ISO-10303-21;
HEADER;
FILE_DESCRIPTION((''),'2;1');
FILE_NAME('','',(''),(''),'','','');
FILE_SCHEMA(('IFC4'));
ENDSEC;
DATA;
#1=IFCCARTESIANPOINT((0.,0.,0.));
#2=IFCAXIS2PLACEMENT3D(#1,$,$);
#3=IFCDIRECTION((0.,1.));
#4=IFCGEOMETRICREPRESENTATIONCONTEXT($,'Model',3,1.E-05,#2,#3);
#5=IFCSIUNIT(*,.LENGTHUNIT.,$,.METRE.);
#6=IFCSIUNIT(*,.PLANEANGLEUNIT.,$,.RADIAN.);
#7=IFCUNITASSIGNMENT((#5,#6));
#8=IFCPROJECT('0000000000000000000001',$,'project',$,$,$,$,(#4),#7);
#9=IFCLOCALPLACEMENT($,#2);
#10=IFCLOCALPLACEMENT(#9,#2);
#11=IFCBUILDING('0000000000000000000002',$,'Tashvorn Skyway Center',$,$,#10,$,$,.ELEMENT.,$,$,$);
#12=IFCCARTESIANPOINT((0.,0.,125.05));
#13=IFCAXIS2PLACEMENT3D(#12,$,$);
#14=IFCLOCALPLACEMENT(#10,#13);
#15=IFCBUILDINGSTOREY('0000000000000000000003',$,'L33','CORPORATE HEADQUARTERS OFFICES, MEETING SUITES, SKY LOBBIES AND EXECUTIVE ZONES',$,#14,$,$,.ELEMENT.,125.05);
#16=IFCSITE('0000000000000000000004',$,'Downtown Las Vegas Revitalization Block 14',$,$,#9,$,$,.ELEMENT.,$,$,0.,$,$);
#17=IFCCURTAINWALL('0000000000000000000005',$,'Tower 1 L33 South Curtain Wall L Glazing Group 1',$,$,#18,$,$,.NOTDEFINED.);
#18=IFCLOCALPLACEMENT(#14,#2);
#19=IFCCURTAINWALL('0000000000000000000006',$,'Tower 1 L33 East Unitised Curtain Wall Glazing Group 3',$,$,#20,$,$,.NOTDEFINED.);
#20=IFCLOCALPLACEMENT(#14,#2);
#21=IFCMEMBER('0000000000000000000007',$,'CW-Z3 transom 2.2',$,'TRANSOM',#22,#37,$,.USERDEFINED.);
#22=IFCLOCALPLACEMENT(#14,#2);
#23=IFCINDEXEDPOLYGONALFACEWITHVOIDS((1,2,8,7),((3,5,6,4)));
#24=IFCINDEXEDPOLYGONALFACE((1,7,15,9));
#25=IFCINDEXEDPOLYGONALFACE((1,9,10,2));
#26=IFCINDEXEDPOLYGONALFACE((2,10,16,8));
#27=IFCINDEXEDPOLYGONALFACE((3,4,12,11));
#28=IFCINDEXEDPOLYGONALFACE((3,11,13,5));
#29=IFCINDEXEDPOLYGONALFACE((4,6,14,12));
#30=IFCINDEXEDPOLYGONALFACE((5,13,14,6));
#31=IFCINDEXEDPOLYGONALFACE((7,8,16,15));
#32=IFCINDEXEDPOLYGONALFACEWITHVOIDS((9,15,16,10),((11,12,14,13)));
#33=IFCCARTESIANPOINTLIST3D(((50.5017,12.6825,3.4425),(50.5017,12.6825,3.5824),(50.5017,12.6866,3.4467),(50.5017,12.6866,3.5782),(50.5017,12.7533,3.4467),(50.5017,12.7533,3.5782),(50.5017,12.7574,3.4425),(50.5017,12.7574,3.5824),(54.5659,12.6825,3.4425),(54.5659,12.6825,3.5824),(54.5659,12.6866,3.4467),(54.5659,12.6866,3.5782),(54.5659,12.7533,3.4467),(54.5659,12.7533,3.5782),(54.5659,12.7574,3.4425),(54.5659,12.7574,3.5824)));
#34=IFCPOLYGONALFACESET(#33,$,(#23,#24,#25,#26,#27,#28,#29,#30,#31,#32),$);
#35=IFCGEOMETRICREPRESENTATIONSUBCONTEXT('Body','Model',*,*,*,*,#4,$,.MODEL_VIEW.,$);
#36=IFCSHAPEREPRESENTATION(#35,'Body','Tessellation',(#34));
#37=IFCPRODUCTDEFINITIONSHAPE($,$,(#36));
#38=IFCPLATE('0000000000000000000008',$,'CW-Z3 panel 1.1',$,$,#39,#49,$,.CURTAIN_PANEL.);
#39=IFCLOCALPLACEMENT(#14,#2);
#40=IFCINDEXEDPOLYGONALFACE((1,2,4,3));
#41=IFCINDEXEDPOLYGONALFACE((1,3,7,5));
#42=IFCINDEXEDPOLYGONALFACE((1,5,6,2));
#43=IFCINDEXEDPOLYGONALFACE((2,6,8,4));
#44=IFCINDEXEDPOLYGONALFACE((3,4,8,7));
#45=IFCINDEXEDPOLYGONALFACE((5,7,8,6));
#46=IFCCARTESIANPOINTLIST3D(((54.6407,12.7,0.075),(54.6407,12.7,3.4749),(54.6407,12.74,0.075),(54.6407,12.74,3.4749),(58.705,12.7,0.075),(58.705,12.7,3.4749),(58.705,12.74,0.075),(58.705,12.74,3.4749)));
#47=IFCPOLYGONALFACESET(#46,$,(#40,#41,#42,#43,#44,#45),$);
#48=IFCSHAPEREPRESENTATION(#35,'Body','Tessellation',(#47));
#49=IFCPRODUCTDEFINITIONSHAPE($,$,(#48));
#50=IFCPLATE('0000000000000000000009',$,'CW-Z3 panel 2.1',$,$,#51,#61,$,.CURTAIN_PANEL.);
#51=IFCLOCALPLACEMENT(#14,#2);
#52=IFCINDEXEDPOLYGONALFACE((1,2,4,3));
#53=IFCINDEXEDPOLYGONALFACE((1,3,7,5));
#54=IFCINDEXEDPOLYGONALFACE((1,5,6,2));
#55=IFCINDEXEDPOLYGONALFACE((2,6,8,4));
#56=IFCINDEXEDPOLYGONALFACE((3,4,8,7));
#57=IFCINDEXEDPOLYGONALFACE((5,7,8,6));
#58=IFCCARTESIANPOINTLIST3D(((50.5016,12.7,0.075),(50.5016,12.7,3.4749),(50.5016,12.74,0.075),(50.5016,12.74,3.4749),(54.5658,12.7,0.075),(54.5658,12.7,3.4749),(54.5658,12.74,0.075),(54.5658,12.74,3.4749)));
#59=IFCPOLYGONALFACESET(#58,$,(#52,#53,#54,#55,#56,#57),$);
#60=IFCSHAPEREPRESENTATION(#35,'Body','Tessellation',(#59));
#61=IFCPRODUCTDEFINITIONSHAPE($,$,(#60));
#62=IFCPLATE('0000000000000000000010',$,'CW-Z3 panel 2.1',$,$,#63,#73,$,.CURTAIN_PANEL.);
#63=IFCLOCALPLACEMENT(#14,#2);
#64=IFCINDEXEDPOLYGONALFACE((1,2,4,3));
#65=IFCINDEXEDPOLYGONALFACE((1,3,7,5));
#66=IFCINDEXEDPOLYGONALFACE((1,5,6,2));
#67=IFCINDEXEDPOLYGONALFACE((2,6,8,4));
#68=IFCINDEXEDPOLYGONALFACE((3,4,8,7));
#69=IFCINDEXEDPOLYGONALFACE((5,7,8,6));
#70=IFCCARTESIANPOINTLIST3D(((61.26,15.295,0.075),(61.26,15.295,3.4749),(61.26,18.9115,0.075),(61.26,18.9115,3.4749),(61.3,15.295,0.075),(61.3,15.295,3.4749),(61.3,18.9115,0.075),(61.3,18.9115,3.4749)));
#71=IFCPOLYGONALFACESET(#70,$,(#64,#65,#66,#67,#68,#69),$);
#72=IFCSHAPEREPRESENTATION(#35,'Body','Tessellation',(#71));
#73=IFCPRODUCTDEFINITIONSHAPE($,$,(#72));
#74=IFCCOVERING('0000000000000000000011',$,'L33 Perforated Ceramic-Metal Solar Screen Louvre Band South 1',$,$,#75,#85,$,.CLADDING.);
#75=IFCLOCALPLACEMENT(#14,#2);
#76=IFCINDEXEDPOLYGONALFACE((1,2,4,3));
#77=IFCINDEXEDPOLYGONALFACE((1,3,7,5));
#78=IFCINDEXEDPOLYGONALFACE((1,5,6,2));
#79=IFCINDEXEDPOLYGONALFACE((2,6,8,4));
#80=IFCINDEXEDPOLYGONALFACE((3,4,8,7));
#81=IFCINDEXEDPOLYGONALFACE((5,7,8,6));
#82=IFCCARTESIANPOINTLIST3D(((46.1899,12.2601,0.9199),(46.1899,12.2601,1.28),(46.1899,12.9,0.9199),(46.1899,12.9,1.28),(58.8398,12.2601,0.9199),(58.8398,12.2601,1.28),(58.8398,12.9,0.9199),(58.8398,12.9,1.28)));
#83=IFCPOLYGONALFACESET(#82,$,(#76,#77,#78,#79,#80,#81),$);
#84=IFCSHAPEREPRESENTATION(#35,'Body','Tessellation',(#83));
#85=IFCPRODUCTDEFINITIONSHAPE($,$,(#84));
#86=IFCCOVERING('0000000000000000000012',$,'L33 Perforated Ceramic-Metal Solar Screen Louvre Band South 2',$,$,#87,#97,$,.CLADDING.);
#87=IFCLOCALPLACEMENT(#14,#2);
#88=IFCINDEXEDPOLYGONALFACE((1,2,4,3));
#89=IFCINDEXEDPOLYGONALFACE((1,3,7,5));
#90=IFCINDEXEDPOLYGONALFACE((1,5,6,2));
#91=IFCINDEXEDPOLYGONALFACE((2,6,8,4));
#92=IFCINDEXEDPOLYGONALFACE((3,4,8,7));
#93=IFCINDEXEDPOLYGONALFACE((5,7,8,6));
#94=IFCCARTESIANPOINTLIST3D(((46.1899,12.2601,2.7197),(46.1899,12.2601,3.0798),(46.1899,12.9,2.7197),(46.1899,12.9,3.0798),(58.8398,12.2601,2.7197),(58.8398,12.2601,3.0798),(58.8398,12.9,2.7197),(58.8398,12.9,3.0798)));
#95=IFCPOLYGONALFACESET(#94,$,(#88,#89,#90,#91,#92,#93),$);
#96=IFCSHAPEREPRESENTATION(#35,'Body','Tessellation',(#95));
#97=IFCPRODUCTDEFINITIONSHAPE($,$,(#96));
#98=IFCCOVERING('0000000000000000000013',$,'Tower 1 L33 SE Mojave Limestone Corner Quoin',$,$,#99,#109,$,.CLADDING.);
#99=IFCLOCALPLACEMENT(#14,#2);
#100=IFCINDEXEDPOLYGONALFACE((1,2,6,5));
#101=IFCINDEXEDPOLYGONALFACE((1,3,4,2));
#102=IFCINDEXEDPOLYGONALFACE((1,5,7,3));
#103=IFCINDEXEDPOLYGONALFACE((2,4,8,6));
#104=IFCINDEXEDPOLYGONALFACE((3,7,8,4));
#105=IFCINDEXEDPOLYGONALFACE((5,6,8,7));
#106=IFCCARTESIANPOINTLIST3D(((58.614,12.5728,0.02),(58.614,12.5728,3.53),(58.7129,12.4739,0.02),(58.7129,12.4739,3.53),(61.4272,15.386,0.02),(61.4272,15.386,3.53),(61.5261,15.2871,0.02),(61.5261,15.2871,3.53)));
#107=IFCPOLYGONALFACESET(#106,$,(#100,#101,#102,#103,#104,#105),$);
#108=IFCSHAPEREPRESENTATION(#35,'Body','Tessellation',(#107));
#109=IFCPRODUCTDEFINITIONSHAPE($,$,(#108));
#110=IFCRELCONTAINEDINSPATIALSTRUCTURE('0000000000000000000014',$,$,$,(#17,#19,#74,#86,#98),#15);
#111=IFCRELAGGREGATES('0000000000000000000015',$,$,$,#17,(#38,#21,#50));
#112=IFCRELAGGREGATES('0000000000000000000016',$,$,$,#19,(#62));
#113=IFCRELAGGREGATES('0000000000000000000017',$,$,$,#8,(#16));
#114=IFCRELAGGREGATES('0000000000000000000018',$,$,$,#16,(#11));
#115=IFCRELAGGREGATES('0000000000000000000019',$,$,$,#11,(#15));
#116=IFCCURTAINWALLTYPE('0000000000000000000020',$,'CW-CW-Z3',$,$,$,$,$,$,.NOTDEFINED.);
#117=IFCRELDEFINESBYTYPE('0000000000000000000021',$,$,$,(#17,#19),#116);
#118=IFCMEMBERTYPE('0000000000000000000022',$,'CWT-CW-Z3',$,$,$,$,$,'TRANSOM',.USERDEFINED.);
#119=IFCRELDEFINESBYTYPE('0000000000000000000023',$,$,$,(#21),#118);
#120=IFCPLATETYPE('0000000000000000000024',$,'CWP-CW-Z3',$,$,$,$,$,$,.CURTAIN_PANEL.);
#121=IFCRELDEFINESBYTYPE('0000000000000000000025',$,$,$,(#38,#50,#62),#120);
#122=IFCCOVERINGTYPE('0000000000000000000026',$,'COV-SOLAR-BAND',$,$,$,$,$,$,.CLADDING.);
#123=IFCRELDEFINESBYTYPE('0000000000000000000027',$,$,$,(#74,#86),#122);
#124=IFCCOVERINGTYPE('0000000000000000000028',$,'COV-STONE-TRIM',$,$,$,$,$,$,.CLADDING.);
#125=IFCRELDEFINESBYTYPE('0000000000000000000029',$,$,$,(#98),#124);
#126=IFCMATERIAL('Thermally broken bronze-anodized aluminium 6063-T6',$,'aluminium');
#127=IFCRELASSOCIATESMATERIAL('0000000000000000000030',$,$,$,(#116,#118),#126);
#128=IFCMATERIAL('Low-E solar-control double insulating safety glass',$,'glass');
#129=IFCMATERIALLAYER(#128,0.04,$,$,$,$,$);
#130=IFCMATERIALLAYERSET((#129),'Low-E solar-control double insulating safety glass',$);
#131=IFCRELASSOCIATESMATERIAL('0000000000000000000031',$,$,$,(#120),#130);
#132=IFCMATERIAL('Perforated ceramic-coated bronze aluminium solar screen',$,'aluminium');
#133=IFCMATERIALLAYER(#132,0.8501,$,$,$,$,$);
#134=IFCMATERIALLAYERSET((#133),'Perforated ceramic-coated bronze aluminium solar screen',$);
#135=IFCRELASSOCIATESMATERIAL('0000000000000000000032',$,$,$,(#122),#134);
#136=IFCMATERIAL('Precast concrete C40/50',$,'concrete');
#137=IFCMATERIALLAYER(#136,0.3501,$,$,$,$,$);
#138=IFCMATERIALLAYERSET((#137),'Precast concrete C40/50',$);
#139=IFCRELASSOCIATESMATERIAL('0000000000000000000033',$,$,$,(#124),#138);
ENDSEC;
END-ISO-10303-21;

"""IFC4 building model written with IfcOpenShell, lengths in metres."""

from ifc_helpers import new_model, si_unit, direction, frame, origin, origin_2d, place, context, subcontext, project, spatial, rectangle, hollow_rectangle, extrude, material, layer, layer_set, material_profile, profile_set, type_object, element, aggregate, save


model = new_model("IFC4")

# Units and contexts
model_context = context("Model", 3, precision=1e-05, world=origin(), true_north=direction((0.0, 1.0)))
body_context = subcontext(model_context, "Body", "Model", "MODEL_VIEW")
ifc_project = project(units=[si_unit("LENGTHUNIT", "METRE"), si_unit("PLANEANGLEUNIT", "RADIAN")], contexts=[model_context])

# Site, building, storey
site_placement = place(None, origin())
site = spatial("IfcSite", under=ifc_project, at=site_placement, Name="Downtown Las Vegas Revitalization Block 14", CompositionType="ELEMENT", RefElevation=0.0)
building_placement = place(site_placement, origin())
building = spatial("IfcBuilding", under=site, at=building_placement, Name="Tashvorn Skyway Center", CompositionType="ELEMENT")
storey_placement = place(building_placement, frame((0.0, 0.0, 125.05)))
storey = spatial("IfcBuildingStorey", under=building, at=storey_placement, Name="L33", Description="CORPORATE HEADQUARTERS OFFICES, MEETING SUITES, SKY LOBBIES AND EXECUTIVE ZONES", CompositionType="ELEMENT", Elevation=125.05)

# Curtain wall
ifc_material_1 = material(Name="Thermally broken bronze-anodized aluminium 6063-T6", Category="aluminium")
curtain_wall_type = type_object("IfcCurtainWallType", Name="CW-CW-Z3", PredefinedType="NOTDEFINED", material=ifc_material_1)
curtain_wall_1_placement = place(storey_placement, origin())
curtain_wall_1 = element("IfcCurtainWall", 1, at=curtain_wall_1_placement, inside=storey, type_object=curtain_wall_type, Name="Tower 1 L33 South Curtain Wall L Glazing Group 1", PredefinedType="NOTDEFINED")

# Curtain wall
curtain_wall_2_placement = place(storey_placement, origin())
curtain_wall_2 = element("IfcCurtainWall", 2, at=curtain_wall_2_placement, inside=storey, type_object=curtain_wall_type, Name="Tower 1 L33 East Unitised Curtain Wall Glazing Group 3", PredefinedType="NOTDEFINED")

# Member
ifc_material_profile_1 = material_profile(ifc_material_1, hollow_rectangle(XDim=0.075, YDim=0.1399, WallThickness=0.0042, at=origin_2d()), Name="ALU-TRAN-75x140")
ifc_profile_set_1 = profile_set([ifc_material_profile_1], Name="Thermally broken bronze-anodized aluminium 6063-T6")
member_type_1 = type_object("IfcMemberType", Name="CWT-CW-Z3", ElementType="TRANSOM", PredefinedType="USERDEFINED", material=ifc_profile_set_1)
member_1_placement = place(storey_placement, frame((54.5659, 12.72, 3.5125), z_axis=(-1.0, 0.0, 0.0), x_axis=(0.0, -1.0, 0.0)))
member_1 = element("IfcMember", 3, at=member_1_placement, type_object=member_type_1, Name="CW-Z3 transom 2.2", ObjectType="TRANSOM", PredefinedType="USERDEFINED", context=body_context, shape_type="SweptSolid", body=[
    extrude(hollow_rectangle(XDim=0.075, YDim=0.1399, WallThickness=0.0042, at=origin_2d()), origin(), (0.0, 0.0, 1.0), 4.0642),
])

# Plates
ifc_material_2 = material(Name="Low-E solar-control double insulating safety glass", Category="glass")
ifc_layer_1 = layer(ifc_material_2, 0.04)
ifc_layer_set_1 = layer_set([ifc_layer_1], Name="Low-E solar-control double insulating safety glass")
plate_type = type_object("IfcPlateType", Name="CWP-CW-Z3", PredefinedType="CURTAIN_PANEL", material=ifc_layer_set_1)
plate_1_placement = place(storey_placement, frame((56.6729, 12.72, 0.075), z_axis=(0.0, 0.0, 1.0), x_axis=(-1.0, 0.0, 0.0)))
plate_1 = element("IfcPlate", 4, at=plate_1_placement, type_object=plate_type, Name="CW-Z3 panel 1.1", PredefinedType="CURTAIN_PANEL", context=body_context, shape_type="SweptSolid", body=[
    extrude(rectangle(XDim=4.0642, YDim=0.04, at=origin_2d()), origin(), (0.0, 0.0, 1.0), 3.3999),
])
plate_2_placement = place(storey_placement, frame((52.5337, 12.72, 0.075), z_axis=(0.0, 0.0, 1.0), x_axis=(-1.0, 0.0, 0.0)))
plate_2 = element("IfcPlate", 5, at=plate_2_placement, type_object=plate_type, Name="CW-Z3 panel 2.1", PredefinedType="CURTAIN_PANEL", context=body_context, shape_type="SweptSolid", body=[
    extrude(rectangle(XDim=4.0642, YDim=0.04, at=origin_2d()), origin(), (0.0, 0.0, 1.0), 3.3999),
])
aggregate(curtain_wall_1, [plate_1, member_1, plate_2])
plate_3_placement = place(storey_placement, frame((61.28, 17.1033, 0.075), z_axis=(0.0, 0.0, 1.0), x_axis=(0.0, -1.0, 0.0)))
plate_3 = element("IfcPlate", 6, at=plate_3_placement, type_object=plate_type, Name="CW-Z3 panel 2.1", PredefinedType="CURTAIN_PANEL", context=body_context, shape_type="SweptSolid", body=[
    extrude(rectangle(XDim=3.6165, YDim=0.04, at=origin_2d()), origin(), (0.0, 0.0, 1.0), 3.3999),
])
aggregate(curtain_wall_2, [plate_3])

# Coverings
ifc_material_3 = material(Name="Perforated ceramic-coated bronze aluminium solar screen", Category="aluminium")
ifc_layer_2 = layer(ifc_material_3, 0.8501)
ifc_layer_set_2 = layer_set([ifc_layer_2], Name="Perforated ceramic-coated bronze aluminium solar screen")
covering_type_1 = type_object("IfcCoveringType", Name="COV-SOLAR-BAND", PredefinedType="CLADDING", material=ifc_layer_set_2)
for number, where, z_axis, x_axis, name in (
    (7, (52.5149, 12.5801, 0.9199), (0.0, 0.0, 1.0), (-1.0, 0.0, 0.0), "L33 Perforated Ceramic-Metal Solar Screen Louvre Band South 1"),
    (8, (52.5149, 12.5801, 2.7197), (0.0, 0.0, 1.0), (-1.0, 0.0, 0.0), "L33 Perforated Ceramic-Metal Solar Screen Louvre Band South 2"),
):
    element("IfcCovering", number, at=place(storey_placement, frame(where, z_axis=z_axis, x_axis=x_axis)), inside=storey, type_object=covering_type_1, Name=name, PredefinedType="CLADDING", context=body_context, shape_type="SweptSolid", body=[
        extrude(rectangle(XDim=12.6499, YDim=0.6399, at=origin_2d()), origin(), (0.0, 0.0, 1.0), 0.3601),
    ])
ifc_material_4 = material(Name="Precast concrete C40/50", Category="concrete")
ifc_layer_3 = layer(ifc_material_4, 0.3501)
ifc_layer_set_3 = layer_set([ifc_layer_3], Name="Precast concrete C40/50")
covering_type_2 = type_object("IfcCoveringType", Name="COV-STONE-TRIM", PredefinedType="CLADDING", material=ifc_layer_set_3)
covering_placement = place(storey_placement, frame((60.0701, 13.9299, 0.02), z_axis=(0.0, 0.0, 1.0), x_axis=(0.707107, 0.707107, 0.0)))
element("IfcCovering", 9, at=covering_placement, inside=storey, type_object=covering_type_2, Name="Tower 1 L33 SE Mojave Limestone Corner Quoin", PredefinedType="CLADDING", context=body_context, shape_type="SweptSolid", body=[
    extrude(rectangle(XDim=3.9785, YDim=0.1399, at=origin_2d()), origin(), (0.0, 0.0, 1.0), 3.51),
])

save(model, "model.ifc")
